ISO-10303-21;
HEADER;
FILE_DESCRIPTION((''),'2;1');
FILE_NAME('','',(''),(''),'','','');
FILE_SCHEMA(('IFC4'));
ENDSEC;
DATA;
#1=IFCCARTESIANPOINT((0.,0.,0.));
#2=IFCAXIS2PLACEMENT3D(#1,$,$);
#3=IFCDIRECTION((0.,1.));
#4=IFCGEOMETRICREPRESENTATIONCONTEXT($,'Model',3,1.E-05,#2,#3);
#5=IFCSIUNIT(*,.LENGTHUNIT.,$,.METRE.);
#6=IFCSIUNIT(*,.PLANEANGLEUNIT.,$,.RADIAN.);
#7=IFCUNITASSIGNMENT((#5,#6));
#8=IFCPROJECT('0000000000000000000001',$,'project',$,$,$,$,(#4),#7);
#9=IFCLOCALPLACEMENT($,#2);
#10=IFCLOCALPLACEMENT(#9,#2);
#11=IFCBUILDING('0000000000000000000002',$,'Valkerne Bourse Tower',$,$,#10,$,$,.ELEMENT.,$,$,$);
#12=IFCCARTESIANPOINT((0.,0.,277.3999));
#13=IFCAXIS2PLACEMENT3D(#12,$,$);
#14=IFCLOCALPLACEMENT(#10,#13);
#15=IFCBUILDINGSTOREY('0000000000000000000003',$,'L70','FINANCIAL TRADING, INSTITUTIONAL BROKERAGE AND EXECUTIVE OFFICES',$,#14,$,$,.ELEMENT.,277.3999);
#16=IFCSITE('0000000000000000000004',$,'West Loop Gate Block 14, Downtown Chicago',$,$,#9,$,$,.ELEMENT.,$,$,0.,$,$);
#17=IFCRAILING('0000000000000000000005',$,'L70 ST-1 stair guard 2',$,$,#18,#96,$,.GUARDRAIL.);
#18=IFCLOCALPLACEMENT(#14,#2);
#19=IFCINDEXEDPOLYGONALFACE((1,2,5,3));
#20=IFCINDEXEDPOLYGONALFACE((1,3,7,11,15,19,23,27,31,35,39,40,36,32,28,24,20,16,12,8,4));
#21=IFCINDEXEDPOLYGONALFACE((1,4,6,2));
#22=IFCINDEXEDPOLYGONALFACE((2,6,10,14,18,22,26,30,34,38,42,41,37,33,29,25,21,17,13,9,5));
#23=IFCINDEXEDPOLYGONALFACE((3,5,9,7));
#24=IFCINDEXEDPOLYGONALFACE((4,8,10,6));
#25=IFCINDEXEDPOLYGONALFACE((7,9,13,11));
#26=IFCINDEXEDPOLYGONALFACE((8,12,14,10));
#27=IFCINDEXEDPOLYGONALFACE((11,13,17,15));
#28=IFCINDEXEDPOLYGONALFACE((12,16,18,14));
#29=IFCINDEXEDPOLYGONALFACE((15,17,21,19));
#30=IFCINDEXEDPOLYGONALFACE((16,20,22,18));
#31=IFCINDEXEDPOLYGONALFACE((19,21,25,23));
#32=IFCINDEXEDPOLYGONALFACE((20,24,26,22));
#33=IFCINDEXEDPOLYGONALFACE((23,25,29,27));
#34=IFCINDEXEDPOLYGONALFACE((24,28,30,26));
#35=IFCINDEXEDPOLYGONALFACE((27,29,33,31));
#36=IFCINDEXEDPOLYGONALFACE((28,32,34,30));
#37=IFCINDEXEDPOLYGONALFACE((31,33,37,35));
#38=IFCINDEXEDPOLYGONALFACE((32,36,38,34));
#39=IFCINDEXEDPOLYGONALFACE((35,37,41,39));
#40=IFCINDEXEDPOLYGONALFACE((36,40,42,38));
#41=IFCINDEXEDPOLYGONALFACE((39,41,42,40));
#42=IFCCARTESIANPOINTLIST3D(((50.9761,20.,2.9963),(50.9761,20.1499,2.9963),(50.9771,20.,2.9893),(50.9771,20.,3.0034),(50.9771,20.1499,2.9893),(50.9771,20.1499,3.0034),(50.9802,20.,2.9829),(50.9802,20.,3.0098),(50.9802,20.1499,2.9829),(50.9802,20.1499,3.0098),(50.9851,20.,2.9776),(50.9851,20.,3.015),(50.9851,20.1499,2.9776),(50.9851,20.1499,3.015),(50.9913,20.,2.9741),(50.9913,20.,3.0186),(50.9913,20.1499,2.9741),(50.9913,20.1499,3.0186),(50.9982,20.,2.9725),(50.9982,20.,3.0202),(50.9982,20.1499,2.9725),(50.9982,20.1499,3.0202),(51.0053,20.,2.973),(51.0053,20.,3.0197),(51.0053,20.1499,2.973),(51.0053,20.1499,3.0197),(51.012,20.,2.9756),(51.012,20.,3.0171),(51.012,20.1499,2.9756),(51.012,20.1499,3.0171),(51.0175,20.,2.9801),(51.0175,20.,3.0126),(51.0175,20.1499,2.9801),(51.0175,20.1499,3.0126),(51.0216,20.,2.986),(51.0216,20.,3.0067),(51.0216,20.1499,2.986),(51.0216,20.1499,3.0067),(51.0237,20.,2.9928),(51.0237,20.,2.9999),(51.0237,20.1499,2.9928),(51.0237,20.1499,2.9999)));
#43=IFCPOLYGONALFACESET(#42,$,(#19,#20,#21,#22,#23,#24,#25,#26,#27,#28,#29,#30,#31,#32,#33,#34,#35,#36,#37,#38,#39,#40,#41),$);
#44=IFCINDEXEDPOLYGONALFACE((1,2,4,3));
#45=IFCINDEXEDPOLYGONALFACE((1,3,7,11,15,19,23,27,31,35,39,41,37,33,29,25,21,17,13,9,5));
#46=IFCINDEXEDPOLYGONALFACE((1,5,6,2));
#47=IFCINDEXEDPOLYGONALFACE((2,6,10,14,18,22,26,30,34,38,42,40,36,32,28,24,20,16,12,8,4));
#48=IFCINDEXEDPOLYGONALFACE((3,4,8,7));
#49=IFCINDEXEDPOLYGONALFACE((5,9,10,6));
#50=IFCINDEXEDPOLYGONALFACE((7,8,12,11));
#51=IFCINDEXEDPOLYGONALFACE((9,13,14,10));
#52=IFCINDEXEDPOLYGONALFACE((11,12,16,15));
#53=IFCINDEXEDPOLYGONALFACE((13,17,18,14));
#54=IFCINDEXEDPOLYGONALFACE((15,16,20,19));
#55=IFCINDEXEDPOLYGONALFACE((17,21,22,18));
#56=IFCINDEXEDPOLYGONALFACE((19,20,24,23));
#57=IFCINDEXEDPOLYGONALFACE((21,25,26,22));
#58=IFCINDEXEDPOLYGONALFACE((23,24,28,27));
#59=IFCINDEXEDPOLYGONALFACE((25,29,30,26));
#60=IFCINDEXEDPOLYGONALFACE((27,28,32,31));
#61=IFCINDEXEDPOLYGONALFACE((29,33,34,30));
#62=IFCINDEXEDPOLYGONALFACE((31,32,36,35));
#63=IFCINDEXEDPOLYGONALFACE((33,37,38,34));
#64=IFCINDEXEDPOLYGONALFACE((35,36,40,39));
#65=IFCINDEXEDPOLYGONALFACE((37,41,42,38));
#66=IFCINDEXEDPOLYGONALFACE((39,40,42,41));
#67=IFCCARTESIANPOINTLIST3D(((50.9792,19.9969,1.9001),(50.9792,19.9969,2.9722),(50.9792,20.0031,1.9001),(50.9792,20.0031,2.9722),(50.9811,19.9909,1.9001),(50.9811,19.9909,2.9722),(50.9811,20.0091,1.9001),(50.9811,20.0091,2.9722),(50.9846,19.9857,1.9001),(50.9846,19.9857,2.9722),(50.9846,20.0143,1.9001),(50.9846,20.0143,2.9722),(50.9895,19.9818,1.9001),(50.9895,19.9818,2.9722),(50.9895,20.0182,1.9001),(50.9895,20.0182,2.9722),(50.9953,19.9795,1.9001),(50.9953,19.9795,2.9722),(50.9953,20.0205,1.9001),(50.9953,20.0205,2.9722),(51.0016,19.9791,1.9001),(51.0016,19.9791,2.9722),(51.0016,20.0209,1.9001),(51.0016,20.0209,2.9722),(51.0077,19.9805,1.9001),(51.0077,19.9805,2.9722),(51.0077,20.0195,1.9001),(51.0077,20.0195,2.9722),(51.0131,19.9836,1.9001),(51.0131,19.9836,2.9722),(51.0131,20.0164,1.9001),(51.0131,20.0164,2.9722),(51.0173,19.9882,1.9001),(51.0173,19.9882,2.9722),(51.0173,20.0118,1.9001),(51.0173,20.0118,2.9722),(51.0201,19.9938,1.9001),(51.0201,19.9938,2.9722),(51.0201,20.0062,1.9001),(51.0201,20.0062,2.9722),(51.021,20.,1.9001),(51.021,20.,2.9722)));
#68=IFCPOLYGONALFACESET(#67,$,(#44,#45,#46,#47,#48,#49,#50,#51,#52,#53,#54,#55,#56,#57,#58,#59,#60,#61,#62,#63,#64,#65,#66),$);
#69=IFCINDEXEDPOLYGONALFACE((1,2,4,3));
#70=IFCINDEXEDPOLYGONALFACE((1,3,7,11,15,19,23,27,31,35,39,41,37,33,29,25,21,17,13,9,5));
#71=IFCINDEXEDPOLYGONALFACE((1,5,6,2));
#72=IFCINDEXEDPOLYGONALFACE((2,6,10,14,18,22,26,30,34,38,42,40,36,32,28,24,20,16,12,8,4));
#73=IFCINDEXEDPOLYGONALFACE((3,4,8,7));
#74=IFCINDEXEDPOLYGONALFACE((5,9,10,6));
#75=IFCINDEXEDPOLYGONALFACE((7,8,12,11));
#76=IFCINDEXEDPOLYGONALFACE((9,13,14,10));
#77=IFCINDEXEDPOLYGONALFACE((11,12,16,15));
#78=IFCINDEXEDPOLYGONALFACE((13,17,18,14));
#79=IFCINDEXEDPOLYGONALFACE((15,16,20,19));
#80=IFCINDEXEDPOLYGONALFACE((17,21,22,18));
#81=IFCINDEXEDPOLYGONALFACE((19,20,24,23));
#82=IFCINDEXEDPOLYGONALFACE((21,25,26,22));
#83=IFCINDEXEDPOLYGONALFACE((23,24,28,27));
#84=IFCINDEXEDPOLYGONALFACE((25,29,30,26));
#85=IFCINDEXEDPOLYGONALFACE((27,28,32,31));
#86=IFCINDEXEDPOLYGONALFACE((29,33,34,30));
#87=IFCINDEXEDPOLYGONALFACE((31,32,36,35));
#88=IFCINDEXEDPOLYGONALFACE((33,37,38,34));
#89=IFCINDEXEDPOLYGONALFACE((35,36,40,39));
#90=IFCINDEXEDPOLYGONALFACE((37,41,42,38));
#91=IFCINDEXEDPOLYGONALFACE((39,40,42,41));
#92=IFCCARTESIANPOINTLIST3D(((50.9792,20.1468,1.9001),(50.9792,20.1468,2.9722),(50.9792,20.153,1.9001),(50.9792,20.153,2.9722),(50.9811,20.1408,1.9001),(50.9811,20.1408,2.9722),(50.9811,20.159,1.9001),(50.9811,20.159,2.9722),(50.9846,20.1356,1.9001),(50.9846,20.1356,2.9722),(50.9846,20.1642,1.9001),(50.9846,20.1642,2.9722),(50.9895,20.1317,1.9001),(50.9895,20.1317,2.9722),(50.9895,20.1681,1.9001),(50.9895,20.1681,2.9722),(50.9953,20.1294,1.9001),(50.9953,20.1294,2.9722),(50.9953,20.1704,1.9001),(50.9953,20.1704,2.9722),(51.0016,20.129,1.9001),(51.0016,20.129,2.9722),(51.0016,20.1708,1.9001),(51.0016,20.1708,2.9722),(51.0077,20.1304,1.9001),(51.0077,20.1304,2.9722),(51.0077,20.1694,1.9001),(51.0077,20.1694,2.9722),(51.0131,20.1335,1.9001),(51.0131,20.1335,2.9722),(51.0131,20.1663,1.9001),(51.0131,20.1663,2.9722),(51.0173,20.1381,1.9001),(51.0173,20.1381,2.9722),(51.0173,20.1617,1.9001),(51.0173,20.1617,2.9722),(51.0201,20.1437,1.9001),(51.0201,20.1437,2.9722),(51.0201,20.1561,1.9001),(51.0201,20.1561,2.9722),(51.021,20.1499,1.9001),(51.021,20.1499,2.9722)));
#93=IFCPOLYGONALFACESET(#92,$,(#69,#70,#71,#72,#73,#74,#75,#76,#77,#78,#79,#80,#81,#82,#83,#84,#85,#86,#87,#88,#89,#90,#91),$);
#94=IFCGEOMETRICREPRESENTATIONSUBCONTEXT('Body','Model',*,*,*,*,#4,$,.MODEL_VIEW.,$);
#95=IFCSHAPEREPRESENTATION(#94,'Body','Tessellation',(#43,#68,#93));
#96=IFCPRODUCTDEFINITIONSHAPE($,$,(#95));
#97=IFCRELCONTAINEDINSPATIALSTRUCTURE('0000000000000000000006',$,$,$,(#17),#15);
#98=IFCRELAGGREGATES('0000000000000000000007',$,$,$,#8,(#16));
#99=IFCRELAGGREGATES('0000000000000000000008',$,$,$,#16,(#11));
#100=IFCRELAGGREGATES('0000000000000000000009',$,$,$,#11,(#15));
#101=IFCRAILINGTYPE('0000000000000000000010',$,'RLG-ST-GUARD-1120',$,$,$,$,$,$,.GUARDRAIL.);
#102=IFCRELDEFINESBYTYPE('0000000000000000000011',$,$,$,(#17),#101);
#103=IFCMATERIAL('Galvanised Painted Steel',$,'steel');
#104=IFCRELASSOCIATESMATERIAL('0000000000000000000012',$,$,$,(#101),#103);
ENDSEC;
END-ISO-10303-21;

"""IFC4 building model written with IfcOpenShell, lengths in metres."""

from ifc_helpers import new_model, si_unit, direction, frame, origin, origin_2d, place, context, subcontext, project, spatial, circle, extrude, material, type_object, element, save


model = new_model("IFC4")

# Units and contexts
model_context = context("Model", 3, precision=1e-05, world=origin(), true_north=direction((0.0, 1.0)))
body_context = subcontext(model_context, "Body", "Model", "MODEL_VIEW")
ifc_project = project(units=[si_unit("LENGTHUNIT", "METRE"), si_unit("PLANEANGLEUNIT", "RADIAN")], contexts=[model_context])

# Site, building, storey
site_placement = place(None, origin())
site = spatial("IfcSite", under=ifc_project, at=site_placement, Name="West Loop Gate Block 14, Downtown Chicago", CompositionType="ELEMENT", RefElevation=0.0)
building_placement = place(site_placement, origin())
building = spatial("IfcBuilding", under=site, at=building_placement, Name="Valkerne Bourse Tower", CompositionType="ELEMENT")
storey_placement = place(building_placement, frame((0.0, 0.0, 277.3999)))
storey = spatial("IfcBuildingStorey", under=building, at=storey_placement, Name="L70", Description="FINANCIAL TRADING, INSTITUTIONAL BROKERAGE AND EXECUTIVE OFFICES", CompositionType="ELEMENT", Elevation=277.3999)

# Shared definitions
ifc_material_1 = material(Name="Galvanised Painted Steel", Category="steel")

# Railing
railing_type_1 = type_object("IfcRailingType", Name="RLG-ST-GUARD-1120", PredefinedType="GUARDRAIL", material=ifc_material_1)
railing_1_placement = place(storey_placement, frame((51.0, 20.0, 1.9001)))
element("IfcRailing", 1, at=railing_1_placement, inside=storey, type_object=railing_type_1, Name="L70 ST-1 stair guard 2", PredefinedType="GUARDRAIL", context=body_context, shape_type="SweptSolid", body=[
    extrude(circle(Radius=0.0239, at=origin_2d()), frame((0.0, 0.0, 1.0962), z_axis=(0.0, 1.0, 0.0), x_axis=(-1.0, 0.0, 0.0)), (0.0, 0.0, 1.0), 0.1499),
    extrude(circle(Radius=0.021, at=origin_2d()), origin(), (0.0, 0.0, 1.0), 1.072),
    extrude(circle(Radius=0.021, at=origin_2d()), frame((0.0, 0.1499, 0.0)), (0.0, 0.0, 1.0), 1.072),
])

save(model, "model.ifc")
